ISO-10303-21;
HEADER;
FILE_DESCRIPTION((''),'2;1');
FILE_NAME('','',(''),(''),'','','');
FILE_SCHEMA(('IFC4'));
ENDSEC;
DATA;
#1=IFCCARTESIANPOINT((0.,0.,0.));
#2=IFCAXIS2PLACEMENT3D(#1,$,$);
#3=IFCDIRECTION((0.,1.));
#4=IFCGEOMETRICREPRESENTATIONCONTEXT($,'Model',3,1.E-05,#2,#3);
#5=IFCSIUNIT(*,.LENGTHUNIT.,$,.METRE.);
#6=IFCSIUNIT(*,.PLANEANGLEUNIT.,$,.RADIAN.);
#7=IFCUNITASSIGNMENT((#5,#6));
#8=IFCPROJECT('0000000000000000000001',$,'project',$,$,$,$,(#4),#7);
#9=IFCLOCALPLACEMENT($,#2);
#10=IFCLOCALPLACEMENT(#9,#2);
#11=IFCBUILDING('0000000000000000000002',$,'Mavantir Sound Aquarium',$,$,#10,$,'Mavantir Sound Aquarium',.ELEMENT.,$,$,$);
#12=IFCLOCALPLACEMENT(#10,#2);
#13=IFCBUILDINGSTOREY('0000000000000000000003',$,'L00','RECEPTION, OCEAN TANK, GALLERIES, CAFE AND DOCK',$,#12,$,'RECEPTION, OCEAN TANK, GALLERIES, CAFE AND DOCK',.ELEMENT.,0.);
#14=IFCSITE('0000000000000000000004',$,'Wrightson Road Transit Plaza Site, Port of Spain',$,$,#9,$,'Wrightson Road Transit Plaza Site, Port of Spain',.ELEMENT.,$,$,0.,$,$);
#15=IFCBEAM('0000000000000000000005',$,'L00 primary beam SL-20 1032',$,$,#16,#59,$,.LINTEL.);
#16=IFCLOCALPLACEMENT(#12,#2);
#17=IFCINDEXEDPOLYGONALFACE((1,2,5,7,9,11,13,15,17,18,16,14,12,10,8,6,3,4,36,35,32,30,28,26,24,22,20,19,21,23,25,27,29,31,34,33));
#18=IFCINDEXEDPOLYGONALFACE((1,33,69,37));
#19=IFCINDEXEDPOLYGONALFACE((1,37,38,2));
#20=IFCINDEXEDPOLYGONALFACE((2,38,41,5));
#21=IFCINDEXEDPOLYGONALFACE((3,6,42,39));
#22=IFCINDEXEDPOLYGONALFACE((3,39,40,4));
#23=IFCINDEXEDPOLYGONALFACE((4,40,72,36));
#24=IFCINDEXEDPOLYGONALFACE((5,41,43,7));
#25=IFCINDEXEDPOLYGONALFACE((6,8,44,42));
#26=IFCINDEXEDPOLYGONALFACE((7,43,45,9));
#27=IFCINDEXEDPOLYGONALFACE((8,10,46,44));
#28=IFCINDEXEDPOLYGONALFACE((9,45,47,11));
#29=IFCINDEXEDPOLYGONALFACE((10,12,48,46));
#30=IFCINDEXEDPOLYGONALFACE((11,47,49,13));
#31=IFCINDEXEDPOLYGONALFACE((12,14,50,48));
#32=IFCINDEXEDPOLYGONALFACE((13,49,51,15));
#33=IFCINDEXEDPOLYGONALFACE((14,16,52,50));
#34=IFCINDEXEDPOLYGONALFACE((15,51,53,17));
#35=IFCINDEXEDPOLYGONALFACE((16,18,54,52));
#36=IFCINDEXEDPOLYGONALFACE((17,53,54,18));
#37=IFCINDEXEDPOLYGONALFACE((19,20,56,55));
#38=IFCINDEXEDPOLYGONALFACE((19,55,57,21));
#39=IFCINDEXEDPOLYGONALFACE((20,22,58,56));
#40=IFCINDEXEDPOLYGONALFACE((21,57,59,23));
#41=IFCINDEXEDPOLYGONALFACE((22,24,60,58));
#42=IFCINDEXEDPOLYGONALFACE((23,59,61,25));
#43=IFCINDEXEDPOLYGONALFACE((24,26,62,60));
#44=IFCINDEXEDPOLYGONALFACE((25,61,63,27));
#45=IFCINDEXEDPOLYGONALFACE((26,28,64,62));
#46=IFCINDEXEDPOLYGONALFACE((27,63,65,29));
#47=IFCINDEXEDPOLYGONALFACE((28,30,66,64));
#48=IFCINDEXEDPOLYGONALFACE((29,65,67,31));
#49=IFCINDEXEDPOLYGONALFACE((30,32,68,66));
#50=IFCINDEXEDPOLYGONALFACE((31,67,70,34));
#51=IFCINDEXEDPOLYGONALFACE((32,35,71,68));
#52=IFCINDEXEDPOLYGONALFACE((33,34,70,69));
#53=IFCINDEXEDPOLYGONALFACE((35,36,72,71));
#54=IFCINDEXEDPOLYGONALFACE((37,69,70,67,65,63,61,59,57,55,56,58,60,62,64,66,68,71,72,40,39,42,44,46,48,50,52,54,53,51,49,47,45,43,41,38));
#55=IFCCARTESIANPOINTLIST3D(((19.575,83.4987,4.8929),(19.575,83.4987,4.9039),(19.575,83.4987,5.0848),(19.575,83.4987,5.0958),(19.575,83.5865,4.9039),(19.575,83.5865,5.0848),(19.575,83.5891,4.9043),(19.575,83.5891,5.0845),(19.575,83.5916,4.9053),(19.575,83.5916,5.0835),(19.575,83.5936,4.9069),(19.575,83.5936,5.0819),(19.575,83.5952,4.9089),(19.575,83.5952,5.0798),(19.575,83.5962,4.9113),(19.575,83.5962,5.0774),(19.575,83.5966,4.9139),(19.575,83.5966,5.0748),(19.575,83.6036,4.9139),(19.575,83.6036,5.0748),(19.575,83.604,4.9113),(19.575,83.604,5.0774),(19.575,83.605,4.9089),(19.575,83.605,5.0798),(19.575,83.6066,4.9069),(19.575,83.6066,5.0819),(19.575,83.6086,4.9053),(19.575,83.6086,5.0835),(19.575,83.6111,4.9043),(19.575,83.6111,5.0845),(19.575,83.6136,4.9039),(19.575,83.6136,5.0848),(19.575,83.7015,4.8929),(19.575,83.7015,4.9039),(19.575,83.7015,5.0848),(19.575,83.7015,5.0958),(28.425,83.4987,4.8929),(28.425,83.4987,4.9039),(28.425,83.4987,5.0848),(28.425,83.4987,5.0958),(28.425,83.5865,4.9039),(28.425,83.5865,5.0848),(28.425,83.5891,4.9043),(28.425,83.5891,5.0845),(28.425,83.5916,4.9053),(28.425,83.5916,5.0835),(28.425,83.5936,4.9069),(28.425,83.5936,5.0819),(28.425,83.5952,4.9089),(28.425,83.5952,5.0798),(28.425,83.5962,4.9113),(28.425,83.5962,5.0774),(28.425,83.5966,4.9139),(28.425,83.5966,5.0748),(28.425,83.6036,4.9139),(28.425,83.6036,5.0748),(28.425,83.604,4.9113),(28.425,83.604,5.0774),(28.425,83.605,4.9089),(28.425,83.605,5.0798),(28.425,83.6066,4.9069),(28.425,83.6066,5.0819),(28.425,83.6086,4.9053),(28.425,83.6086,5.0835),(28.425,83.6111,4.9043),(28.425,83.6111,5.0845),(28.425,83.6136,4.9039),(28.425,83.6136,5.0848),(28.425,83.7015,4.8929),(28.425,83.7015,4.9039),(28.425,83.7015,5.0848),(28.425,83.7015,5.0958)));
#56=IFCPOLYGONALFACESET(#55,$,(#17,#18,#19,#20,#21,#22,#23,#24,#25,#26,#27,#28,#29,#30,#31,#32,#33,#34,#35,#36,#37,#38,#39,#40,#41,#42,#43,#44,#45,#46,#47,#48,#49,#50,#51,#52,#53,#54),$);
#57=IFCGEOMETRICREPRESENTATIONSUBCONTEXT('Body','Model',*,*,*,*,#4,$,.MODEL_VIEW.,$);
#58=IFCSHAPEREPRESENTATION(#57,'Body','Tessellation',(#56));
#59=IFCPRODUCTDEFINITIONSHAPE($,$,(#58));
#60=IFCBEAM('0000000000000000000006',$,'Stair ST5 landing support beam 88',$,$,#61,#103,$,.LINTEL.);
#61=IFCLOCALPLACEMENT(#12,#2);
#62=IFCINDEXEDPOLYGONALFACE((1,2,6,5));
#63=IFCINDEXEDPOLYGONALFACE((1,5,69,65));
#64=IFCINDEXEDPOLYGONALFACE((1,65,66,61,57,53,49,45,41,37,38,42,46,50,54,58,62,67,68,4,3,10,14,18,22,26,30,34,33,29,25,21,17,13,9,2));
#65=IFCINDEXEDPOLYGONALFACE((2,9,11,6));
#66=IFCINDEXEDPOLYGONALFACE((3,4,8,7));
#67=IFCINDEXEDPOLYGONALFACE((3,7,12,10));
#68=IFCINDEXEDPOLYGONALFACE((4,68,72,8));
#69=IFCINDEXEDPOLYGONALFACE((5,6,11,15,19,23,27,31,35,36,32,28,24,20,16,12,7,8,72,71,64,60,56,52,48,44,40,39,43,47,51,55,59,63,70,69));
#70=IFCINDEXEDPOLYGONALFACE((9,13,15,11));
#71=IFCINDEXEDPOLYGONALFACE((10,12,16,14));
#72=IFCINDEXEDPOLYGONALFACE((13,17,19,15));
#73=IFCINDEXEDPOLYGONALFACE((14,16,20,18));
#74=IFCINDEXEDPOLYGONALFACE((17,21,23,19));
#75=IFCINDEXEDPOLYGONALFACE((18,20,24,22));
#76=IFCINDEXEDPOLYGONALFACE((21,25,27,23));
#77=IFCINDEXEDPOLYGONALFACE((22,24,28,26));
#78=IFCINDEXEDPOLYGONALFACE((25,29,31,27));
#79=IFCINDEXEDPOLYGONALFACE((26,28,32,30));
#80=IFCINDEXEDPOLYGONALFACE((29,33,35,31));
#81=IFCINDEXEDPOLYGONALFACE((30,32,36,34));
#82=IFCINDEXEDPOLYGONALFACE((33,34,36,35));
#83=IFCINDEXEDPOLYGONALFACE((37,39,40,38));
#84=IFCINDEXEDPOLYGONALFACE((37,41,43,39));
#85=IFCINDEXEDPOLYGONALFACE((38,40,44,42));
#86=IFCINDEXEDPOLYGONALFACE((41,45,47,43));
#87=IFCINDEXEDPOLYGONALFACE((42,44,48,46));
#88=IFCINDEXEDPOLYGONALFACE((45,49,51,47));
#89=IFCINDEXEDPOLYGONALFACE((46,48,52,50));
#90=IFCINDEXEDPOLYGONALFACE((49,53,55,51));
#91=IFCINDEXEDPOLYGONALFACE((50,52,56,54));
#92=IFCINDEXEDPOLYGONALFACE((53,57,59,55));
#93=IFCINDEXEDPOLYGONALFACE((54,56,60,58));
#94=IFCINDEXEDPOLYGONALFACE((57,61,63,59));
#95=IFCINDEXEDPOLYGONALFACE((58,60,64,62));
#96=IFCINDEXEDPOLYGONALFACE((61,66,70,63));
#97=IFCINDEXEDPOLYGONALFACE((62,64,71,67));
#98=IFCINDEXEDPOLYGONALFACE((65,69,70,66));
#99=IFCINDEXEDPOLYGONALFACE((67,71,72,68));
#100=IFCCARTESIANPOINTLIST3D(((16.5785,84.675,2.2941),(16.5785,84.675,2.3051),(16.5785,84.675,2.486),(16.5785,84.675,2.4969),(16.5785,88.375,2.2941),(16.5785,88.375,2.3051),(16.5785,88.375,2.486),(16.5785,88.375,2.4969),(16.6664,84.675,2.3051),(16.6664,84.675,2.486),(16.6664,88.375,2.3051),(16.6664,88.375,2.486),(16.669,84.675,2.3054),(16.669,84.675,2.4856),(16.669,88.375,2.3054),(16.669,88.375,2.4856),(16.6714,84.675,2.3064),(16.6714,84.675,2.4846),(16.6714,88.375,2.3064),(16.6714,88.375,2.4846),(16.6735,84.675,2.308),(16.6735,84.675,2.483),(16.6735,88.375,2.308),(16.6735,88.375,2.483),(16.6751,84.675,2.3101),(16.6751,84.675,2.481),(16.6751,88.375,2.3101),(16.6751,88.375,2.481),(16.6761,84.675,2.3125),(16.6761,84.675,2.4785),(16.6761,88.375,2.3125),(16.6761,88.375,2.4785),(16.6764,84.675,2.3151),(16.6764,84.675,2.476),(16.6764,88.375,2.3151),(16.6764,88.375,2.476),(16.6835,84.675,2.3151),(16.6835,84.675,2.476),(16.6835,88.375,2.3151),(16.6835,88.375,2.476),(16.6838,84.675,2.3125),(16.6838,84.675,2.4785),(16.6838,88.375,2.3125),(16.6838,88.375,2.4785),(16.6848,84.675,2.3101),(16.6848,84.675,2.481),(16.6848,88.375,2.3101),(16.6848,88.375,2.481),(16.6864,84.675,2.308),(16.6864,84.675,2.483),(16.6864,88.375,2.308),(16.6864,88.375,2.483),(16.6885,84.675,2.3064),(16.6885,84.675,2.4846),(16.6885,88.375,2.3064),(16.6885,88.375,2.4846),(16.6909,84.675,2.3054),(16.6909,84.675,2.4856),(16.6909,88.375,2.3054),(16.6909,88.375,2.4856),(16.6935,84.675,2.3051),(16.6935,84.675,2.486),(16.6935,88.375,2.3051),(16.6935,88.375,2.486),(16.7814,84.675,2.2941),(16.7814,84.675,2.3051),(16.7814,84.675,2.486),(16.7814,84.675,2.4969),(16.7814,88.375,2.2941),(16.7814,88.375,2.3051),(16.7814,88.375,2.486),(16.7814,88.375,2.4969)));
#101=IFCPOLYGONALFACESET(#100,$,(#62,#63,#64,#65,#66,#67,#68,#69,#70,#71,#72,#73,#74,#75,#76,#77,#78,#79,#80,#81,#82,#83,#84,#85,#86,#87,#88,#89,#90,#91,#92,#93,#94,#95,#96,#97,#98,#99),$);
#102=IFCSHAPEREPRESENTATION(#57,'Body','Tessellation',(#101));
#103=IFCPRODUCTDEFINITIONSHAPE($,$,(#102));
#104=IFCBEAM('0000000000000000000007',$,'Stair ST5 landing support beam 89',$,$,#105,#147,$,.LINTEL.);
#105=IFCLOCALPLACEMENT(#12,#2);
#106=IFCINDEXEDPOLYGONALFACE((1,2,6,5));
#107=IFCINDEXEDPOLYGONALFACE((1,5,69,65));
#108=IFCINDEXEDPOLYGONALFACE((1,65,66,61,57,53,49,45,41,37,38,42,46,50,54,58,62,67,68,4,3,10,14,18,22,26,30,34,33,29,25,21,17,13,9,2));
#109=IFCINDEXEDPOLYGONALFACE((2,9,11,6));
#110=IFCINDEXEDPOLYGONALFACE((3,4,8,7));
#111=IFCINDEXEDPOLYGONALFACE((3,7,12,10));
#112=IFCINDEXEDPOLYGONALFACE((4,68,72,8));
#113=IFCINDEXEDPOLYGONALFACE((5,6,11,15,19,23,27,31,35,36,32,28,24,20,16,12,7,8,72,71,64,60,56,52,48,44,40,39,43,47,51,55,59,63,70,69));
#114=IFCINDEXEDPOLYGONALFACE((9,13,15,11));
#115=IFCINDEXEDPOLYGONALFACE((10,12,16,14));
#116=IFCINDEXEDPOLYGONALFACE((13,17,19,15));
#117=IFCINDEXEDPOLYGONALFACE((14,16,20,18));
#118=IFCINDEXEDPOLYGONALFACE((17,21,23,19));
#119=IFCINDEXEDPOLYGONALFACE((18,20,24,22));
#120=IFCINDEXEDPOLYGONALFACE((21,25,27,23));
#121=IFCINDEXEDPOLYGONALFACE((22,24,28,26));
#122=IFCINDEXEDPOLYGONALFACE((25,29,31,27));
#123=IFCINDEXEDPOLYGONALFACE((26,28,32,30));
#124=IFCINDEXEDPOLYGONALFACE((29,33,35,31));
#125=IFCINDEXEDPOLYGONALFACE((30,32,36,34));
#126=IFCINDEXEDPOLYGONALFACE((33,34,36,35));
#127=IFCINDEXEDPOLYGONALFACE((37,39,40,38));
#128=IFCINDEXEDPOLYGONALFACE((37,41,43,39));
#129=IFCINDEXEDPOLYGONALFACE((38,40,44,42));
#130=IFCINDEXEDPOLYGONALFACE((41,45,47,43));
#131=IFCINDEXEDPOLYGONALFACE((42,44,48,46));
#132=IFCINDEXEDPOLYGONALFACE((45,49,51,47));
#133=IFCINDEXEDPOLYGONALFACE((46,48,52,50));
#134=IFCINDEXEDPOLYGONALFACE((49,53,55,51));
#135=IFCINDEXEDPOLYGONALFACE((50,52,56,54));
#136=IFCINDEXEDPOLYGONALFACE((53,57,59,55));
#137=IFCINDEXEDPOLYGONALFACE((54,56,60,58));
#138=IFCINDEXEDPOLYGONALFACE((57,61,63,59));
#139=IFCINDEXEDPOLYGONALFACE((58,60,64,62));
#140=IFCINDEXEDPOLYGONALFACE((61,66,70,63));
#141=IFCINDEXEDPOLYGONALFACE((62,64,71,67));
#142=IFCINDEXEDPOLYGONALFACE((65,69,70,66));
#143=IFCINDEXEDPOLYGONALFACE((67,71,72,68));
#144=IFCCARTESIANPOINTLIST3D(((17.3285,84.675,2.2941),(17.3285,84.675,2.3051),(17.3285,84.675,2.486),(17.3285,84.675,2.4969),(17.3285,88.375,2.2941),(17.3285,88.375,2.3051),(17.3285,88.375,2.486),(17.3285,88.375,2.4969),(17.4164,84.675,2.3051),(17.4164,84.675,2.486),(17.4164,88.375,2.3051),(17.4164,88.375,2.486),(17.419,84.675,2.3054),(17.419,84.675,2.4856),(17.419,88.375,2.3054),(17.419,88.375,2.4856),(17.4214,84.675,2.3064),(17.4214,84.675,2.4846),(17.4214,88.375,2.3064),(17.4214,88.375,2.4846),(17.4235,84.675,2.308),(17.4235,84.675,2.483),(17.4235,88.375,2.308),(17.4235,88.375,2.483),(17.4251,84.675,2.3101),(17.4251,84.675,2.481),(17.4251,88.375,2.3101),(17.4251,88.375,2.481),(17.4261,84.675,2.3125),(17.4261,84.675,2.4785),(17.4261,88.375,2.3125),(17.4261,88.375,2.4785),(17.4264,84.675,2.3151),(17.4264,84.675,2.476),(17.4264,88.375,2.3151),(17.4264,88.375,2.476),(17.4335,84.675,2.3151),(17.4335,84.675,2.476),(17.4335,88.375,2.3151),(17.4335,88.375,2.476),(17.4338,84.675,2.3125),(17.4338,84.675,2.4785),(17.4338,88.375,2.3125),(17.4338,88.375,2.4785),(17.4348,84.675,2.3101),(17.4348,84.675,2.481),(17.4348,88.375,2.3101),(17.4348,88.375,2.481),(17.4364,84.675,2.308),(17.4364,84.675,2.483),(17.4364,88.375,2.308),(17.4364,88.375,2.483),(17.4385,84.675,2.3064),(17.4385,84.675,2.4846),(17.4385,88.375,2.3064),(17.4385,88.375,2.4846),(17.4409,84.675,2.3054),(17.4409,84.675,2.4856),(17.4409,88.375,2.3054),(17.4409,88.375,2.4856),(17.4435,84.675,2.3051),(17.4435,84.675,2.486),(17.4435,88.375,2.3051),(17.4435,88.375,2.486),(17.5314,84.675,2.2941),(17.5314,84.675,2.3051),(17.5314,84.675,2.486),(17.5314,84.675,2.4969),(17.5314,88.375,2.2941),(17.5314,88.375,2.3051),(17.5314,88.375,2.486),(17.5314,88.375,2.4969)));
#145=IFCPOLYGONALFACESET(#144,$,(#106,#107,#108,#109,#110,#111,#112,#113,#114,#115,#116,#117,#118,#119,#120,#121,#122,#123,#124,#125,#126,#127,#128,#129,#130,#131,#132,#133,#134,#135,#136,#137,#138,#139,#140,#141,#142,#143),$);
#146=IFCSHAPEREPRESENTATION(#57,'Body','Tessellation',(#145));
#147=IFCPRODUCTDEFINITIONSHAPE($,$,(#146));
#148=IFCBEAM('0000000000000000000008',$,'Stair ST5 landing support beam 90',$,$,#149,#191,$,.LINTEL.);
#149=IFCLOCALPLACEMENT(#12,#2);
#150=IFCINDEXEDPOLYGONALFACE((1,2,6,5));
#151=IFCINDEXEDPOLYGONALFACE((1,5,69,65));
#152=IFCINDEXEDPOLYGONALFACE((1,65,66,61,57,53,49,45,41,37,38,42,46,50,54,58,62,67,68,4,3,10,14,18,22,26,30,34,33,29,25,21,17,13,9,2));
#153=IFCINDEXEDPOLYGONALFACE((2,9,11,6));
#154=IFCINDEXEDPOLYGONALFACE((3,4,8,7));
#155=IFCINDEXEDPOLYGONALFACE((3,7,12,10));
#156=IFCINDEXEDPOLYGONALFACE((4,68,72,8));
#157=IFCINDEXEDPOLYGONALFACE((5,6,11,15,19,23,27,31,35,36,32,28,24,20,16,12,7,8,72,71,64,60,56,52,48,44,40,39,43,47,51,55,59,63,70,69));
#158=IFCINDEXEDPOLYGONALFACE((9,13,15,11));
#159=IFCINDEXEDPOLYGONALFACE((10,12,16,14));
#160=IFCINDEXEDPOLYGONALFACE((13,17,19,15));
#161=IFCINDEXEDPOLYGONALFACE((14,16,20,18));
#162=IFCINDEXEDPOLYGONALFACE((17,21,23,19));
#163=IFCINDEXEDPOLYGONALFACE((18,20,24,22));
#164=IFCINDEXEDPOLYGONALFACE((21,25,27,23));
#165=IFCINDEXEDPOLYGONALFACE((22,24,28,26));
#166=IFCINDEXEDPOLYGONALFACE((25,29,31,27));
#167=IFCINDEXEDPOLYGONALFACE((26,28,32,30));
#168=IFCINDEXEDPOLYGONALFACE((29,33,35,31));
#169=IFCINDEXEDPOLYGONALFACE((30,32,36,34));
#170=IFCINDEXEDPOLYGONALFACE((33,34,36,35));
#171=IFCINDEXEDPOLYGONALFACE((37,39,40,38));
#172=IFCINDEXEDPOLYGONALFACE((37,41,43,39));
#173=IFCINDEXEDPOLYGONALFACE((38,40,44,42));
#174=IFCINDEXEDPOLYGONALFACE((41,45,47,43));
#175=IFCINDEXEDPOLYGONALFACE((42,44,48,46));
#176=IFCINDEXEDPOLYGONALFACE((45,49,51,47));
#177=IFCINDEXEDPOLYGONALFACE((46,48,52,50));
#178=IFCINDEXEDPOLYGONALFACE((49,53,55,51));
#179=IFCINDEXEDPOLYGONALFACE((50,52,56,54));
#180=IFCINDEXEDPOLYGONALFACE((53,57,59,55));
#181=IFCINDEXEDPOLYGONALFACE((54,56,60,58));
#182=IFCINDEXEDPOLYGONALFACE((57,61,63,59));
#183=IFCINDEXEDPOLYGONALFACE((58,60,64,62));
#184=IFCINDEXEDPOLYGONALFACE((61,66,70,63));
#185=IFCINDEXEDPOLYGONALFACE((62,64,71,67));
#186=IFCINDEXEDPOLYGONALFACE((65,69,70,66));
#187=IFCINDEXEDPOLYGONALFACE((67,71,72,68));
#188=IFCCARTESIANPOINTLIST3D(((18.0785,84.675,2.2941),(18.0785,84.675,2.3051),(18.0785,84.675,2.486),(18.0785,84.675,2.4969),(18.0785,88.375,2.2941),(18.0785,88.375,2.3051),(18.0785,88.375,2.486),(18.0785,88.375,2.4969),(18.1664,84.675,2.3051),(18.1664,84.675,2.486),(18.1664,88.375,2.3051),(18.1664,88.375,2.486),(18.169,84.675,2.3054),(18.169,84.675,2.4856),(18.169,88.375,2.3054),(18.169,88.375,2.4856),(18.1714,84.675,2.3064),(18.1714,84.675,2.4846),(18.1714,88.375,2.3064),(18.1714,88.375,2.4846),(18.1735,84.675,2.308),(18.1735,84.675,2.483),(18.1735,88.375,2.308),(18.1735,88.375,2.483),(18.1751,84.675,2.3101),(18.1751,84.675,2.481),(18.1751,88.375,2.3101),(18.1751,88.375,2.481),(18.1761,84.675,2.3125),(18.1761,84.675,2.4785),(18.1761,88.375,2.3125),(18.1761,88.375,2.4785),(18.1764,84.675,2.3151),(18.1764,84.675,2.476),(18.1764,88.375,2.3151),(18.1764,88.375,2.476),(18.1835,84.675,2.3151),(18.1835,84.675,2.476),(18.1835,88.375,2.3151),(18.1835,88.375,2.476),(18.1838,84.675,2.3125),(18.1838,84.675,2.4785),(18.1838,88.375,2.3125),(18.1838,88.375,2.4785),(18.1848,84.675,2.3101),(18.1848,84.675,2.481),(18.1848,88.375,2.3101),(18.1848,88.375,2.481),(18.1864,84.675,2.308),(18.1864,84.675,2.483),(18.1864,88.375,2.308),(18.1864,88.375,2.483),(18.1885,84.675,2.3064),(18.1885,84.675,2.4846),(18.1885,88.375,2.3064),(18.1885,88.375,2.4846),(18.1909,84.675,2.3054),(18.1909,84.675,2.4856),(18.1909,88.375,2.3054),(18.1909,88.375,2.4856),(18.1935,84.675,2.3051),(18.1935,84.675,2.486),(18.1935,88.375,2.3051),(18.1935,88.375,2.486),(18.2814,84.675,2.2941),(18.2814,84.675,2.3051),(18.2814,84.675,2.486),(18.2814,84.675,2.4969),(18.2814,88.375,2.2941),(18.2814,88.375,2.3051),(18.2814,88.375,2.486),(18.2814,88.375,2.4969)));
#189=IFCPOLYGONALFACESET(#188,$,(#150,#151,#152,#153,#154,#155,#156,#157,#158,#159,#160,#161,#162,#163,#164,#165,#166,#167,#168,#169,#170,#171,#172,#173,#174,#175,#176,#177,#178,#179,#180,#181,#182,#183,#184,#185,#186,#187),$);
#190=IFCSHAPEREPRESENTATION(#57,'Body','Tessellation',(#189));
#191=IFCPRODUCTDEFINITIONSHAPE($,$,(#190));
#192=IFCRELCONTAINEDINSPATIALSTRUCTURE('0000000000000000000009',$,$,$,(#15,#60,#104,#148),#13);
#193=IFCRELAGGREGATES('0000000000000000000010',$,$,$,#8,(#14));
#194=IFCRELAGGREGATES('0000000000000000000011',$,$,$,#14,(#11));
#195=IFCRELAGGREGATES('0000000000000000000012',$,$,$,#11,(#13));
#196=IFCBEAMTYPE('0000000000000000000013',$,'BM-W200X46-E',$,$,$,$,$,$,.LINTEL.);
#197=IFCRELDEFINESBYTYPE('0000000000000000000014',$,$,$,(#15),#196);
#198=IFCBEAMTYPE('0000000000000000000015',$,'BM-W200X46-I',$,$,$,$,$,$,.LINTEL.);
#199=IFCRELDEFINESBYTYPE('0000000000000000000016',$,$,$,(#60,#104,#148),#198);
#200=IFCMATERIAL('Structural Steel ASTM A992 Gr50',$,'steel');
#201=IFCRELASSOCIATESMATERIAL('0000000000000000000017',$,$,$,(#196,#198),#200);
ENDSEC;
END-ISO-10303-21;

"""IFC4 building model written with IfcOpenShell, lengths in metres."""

from ifc_helpers import new_model, si_unit, direction, frame, origin, origin_2d, place, context, subcontext, project, spatial, i_section, extrude, material, material_profile, profile_set, type_object, element, save


model = new_model("IFC4")

# Units and contexts
model_context = context("Model", 3, precision=1e-05, world=origin(), true_north=direction((0.0, 1.0)))
body_context = subcontext(model_context, "Body", "Model", "MODEL_VIEW")
ifc_project = project(units=[si_unit("LENGTHUNIT", "METRE"), si_unit("PLANEANGLEUNIT", "RADIAN")], contexts=[model_context])

# Site, building, storey
site_placement = place(None, origin())
site = spatial("IfcSite", under=ifc_project, at=site_placement, Name="Wrightson Road Transit Plaza Site, Port of Spain", LongName="Wrightson Road Transit Plaza Site, Port of Spain", CompositionType="ELEMENT", RefElevation=0.0)
building_placement = place(site_placement, origin())
building = spatial("IfcBuilding", under=site, at=building_placement, Name="Mavantir Sound Aquarium", LongName="Mavantir Sound Aquarium", CompositionType="ELEMENT")
storey_placement = place(building_placement, origin())
storey = spatial("IfcBuildingStorey", under=building, at=storey_placement, Name="L00", Description="RECEPTION, OCEAN TANK, GALLERIES, CAFE AND DOCK", LongName="RECEPTION, OCEAN TANK, GALLERIES, CAFE AND DOCK", CompositionType="ELEMENT", Elevation=0.0)

# Beams
ifc_material_1 = material(Name="Structural Steel ASTM A992 Gr50", Category="steel")
ifc_material_profile_1 = material_profile(ifc_material_1, i_section(OverallWidth=0.2029, OverallDepth=0.2029, WebThickness=0.0071, FlangeThickness=0.011, FilletRadius=0.01, at=origin_2d()), Name="W200X46")
ifc_profile_set_1 = profile_set([ifc_material_profile_1], Name="Structural Steel ASTM A992 Gr50")
beam_type_1 = type_object("IfcBeamType", Name="BM-W200X46-E", PredefinedType="LINTEL", material=ifc_profile_set_1)
beam_1_placement = place(storey_placement, frame((19.575, 83.6001, 4.9944), z_axis=(1.0, 0.0, 0.0), x_axis=(0.0, 1.0, 0.0)))
element("IfcBeam", 1, at=beam_1_placement, inside=storey, type_object=beam_type_1, Name="L00 primary beam SL-20 1032", PredefinedType="LINTEL", context=body_context, shape_type="SweptSolid", body=[
    extrude(i_section(OverallWidth=0.2029, OverallDepth=0.2029, WebThickness=0.0071, FlangeThickness=0.011, FilletRadius=0.01, at=origin_2d()), origin(), (0.0, 0.0, 1.0), 8.8501),
])
ifc_material_profile_2 = material_profile(ifc_material_1, i_section(OverallWidth=0.2029, OverallDepth=0.2029, WebThickness=0.0071, FlangeThickness=0.011, FilletRadius=0.01, at=origin_2d()), Name="W200X46")
ifc_profile_set_2 = profile_set([ifc_material_profile_2], Name="Structural Steel ASTM A992 Gr50")
beam_type_2 = type_object("IfcBeamType", Name="BM-W200X46-I", PredefinedType="LINTEL", material=ifc_profile_set_2)
for number, where, z_axis, x_axis, name in (
    (2, (16.6799, 84.675, 2.3955), (0.0, 1.0, 0.0), (-1.0, 0.0, 0.0), "Stair ST5 landing support beam 88"),
    (3, (17.4299, 84.675, 2.3955), (0.0, 1.0, 0.0), (-1.0, 0.0, 0.0), "Stair ST5 landing support beam 89"),
    (4, (18.1799, 84.675, 2.3955), (0.0, 1.0, 0.0), (-1.0, 0.0, 0.0), "Stair ST5 landing support beam 90"),
):
    element("IfcBeam", number, at=place(storey_placement, frame(where, z_axis=z_axis, x_axis=x_axis)), inside=storey, type_object=beam_type_2, Name=name, PredefinedType="LINTEL", context=body_context, shape_type="SweptSolid", body=[
        extrude(i_section(OverallWidth=0.2029, OverallDepth=0.2029, WebThickness=0.0071, FlangeThickness=0.011, FilletRadius=0.01, at=origin_2d()), origin(), (0.0, 0.0, 1.0), 3.7),
    ])

save(model, "model.ifc")
